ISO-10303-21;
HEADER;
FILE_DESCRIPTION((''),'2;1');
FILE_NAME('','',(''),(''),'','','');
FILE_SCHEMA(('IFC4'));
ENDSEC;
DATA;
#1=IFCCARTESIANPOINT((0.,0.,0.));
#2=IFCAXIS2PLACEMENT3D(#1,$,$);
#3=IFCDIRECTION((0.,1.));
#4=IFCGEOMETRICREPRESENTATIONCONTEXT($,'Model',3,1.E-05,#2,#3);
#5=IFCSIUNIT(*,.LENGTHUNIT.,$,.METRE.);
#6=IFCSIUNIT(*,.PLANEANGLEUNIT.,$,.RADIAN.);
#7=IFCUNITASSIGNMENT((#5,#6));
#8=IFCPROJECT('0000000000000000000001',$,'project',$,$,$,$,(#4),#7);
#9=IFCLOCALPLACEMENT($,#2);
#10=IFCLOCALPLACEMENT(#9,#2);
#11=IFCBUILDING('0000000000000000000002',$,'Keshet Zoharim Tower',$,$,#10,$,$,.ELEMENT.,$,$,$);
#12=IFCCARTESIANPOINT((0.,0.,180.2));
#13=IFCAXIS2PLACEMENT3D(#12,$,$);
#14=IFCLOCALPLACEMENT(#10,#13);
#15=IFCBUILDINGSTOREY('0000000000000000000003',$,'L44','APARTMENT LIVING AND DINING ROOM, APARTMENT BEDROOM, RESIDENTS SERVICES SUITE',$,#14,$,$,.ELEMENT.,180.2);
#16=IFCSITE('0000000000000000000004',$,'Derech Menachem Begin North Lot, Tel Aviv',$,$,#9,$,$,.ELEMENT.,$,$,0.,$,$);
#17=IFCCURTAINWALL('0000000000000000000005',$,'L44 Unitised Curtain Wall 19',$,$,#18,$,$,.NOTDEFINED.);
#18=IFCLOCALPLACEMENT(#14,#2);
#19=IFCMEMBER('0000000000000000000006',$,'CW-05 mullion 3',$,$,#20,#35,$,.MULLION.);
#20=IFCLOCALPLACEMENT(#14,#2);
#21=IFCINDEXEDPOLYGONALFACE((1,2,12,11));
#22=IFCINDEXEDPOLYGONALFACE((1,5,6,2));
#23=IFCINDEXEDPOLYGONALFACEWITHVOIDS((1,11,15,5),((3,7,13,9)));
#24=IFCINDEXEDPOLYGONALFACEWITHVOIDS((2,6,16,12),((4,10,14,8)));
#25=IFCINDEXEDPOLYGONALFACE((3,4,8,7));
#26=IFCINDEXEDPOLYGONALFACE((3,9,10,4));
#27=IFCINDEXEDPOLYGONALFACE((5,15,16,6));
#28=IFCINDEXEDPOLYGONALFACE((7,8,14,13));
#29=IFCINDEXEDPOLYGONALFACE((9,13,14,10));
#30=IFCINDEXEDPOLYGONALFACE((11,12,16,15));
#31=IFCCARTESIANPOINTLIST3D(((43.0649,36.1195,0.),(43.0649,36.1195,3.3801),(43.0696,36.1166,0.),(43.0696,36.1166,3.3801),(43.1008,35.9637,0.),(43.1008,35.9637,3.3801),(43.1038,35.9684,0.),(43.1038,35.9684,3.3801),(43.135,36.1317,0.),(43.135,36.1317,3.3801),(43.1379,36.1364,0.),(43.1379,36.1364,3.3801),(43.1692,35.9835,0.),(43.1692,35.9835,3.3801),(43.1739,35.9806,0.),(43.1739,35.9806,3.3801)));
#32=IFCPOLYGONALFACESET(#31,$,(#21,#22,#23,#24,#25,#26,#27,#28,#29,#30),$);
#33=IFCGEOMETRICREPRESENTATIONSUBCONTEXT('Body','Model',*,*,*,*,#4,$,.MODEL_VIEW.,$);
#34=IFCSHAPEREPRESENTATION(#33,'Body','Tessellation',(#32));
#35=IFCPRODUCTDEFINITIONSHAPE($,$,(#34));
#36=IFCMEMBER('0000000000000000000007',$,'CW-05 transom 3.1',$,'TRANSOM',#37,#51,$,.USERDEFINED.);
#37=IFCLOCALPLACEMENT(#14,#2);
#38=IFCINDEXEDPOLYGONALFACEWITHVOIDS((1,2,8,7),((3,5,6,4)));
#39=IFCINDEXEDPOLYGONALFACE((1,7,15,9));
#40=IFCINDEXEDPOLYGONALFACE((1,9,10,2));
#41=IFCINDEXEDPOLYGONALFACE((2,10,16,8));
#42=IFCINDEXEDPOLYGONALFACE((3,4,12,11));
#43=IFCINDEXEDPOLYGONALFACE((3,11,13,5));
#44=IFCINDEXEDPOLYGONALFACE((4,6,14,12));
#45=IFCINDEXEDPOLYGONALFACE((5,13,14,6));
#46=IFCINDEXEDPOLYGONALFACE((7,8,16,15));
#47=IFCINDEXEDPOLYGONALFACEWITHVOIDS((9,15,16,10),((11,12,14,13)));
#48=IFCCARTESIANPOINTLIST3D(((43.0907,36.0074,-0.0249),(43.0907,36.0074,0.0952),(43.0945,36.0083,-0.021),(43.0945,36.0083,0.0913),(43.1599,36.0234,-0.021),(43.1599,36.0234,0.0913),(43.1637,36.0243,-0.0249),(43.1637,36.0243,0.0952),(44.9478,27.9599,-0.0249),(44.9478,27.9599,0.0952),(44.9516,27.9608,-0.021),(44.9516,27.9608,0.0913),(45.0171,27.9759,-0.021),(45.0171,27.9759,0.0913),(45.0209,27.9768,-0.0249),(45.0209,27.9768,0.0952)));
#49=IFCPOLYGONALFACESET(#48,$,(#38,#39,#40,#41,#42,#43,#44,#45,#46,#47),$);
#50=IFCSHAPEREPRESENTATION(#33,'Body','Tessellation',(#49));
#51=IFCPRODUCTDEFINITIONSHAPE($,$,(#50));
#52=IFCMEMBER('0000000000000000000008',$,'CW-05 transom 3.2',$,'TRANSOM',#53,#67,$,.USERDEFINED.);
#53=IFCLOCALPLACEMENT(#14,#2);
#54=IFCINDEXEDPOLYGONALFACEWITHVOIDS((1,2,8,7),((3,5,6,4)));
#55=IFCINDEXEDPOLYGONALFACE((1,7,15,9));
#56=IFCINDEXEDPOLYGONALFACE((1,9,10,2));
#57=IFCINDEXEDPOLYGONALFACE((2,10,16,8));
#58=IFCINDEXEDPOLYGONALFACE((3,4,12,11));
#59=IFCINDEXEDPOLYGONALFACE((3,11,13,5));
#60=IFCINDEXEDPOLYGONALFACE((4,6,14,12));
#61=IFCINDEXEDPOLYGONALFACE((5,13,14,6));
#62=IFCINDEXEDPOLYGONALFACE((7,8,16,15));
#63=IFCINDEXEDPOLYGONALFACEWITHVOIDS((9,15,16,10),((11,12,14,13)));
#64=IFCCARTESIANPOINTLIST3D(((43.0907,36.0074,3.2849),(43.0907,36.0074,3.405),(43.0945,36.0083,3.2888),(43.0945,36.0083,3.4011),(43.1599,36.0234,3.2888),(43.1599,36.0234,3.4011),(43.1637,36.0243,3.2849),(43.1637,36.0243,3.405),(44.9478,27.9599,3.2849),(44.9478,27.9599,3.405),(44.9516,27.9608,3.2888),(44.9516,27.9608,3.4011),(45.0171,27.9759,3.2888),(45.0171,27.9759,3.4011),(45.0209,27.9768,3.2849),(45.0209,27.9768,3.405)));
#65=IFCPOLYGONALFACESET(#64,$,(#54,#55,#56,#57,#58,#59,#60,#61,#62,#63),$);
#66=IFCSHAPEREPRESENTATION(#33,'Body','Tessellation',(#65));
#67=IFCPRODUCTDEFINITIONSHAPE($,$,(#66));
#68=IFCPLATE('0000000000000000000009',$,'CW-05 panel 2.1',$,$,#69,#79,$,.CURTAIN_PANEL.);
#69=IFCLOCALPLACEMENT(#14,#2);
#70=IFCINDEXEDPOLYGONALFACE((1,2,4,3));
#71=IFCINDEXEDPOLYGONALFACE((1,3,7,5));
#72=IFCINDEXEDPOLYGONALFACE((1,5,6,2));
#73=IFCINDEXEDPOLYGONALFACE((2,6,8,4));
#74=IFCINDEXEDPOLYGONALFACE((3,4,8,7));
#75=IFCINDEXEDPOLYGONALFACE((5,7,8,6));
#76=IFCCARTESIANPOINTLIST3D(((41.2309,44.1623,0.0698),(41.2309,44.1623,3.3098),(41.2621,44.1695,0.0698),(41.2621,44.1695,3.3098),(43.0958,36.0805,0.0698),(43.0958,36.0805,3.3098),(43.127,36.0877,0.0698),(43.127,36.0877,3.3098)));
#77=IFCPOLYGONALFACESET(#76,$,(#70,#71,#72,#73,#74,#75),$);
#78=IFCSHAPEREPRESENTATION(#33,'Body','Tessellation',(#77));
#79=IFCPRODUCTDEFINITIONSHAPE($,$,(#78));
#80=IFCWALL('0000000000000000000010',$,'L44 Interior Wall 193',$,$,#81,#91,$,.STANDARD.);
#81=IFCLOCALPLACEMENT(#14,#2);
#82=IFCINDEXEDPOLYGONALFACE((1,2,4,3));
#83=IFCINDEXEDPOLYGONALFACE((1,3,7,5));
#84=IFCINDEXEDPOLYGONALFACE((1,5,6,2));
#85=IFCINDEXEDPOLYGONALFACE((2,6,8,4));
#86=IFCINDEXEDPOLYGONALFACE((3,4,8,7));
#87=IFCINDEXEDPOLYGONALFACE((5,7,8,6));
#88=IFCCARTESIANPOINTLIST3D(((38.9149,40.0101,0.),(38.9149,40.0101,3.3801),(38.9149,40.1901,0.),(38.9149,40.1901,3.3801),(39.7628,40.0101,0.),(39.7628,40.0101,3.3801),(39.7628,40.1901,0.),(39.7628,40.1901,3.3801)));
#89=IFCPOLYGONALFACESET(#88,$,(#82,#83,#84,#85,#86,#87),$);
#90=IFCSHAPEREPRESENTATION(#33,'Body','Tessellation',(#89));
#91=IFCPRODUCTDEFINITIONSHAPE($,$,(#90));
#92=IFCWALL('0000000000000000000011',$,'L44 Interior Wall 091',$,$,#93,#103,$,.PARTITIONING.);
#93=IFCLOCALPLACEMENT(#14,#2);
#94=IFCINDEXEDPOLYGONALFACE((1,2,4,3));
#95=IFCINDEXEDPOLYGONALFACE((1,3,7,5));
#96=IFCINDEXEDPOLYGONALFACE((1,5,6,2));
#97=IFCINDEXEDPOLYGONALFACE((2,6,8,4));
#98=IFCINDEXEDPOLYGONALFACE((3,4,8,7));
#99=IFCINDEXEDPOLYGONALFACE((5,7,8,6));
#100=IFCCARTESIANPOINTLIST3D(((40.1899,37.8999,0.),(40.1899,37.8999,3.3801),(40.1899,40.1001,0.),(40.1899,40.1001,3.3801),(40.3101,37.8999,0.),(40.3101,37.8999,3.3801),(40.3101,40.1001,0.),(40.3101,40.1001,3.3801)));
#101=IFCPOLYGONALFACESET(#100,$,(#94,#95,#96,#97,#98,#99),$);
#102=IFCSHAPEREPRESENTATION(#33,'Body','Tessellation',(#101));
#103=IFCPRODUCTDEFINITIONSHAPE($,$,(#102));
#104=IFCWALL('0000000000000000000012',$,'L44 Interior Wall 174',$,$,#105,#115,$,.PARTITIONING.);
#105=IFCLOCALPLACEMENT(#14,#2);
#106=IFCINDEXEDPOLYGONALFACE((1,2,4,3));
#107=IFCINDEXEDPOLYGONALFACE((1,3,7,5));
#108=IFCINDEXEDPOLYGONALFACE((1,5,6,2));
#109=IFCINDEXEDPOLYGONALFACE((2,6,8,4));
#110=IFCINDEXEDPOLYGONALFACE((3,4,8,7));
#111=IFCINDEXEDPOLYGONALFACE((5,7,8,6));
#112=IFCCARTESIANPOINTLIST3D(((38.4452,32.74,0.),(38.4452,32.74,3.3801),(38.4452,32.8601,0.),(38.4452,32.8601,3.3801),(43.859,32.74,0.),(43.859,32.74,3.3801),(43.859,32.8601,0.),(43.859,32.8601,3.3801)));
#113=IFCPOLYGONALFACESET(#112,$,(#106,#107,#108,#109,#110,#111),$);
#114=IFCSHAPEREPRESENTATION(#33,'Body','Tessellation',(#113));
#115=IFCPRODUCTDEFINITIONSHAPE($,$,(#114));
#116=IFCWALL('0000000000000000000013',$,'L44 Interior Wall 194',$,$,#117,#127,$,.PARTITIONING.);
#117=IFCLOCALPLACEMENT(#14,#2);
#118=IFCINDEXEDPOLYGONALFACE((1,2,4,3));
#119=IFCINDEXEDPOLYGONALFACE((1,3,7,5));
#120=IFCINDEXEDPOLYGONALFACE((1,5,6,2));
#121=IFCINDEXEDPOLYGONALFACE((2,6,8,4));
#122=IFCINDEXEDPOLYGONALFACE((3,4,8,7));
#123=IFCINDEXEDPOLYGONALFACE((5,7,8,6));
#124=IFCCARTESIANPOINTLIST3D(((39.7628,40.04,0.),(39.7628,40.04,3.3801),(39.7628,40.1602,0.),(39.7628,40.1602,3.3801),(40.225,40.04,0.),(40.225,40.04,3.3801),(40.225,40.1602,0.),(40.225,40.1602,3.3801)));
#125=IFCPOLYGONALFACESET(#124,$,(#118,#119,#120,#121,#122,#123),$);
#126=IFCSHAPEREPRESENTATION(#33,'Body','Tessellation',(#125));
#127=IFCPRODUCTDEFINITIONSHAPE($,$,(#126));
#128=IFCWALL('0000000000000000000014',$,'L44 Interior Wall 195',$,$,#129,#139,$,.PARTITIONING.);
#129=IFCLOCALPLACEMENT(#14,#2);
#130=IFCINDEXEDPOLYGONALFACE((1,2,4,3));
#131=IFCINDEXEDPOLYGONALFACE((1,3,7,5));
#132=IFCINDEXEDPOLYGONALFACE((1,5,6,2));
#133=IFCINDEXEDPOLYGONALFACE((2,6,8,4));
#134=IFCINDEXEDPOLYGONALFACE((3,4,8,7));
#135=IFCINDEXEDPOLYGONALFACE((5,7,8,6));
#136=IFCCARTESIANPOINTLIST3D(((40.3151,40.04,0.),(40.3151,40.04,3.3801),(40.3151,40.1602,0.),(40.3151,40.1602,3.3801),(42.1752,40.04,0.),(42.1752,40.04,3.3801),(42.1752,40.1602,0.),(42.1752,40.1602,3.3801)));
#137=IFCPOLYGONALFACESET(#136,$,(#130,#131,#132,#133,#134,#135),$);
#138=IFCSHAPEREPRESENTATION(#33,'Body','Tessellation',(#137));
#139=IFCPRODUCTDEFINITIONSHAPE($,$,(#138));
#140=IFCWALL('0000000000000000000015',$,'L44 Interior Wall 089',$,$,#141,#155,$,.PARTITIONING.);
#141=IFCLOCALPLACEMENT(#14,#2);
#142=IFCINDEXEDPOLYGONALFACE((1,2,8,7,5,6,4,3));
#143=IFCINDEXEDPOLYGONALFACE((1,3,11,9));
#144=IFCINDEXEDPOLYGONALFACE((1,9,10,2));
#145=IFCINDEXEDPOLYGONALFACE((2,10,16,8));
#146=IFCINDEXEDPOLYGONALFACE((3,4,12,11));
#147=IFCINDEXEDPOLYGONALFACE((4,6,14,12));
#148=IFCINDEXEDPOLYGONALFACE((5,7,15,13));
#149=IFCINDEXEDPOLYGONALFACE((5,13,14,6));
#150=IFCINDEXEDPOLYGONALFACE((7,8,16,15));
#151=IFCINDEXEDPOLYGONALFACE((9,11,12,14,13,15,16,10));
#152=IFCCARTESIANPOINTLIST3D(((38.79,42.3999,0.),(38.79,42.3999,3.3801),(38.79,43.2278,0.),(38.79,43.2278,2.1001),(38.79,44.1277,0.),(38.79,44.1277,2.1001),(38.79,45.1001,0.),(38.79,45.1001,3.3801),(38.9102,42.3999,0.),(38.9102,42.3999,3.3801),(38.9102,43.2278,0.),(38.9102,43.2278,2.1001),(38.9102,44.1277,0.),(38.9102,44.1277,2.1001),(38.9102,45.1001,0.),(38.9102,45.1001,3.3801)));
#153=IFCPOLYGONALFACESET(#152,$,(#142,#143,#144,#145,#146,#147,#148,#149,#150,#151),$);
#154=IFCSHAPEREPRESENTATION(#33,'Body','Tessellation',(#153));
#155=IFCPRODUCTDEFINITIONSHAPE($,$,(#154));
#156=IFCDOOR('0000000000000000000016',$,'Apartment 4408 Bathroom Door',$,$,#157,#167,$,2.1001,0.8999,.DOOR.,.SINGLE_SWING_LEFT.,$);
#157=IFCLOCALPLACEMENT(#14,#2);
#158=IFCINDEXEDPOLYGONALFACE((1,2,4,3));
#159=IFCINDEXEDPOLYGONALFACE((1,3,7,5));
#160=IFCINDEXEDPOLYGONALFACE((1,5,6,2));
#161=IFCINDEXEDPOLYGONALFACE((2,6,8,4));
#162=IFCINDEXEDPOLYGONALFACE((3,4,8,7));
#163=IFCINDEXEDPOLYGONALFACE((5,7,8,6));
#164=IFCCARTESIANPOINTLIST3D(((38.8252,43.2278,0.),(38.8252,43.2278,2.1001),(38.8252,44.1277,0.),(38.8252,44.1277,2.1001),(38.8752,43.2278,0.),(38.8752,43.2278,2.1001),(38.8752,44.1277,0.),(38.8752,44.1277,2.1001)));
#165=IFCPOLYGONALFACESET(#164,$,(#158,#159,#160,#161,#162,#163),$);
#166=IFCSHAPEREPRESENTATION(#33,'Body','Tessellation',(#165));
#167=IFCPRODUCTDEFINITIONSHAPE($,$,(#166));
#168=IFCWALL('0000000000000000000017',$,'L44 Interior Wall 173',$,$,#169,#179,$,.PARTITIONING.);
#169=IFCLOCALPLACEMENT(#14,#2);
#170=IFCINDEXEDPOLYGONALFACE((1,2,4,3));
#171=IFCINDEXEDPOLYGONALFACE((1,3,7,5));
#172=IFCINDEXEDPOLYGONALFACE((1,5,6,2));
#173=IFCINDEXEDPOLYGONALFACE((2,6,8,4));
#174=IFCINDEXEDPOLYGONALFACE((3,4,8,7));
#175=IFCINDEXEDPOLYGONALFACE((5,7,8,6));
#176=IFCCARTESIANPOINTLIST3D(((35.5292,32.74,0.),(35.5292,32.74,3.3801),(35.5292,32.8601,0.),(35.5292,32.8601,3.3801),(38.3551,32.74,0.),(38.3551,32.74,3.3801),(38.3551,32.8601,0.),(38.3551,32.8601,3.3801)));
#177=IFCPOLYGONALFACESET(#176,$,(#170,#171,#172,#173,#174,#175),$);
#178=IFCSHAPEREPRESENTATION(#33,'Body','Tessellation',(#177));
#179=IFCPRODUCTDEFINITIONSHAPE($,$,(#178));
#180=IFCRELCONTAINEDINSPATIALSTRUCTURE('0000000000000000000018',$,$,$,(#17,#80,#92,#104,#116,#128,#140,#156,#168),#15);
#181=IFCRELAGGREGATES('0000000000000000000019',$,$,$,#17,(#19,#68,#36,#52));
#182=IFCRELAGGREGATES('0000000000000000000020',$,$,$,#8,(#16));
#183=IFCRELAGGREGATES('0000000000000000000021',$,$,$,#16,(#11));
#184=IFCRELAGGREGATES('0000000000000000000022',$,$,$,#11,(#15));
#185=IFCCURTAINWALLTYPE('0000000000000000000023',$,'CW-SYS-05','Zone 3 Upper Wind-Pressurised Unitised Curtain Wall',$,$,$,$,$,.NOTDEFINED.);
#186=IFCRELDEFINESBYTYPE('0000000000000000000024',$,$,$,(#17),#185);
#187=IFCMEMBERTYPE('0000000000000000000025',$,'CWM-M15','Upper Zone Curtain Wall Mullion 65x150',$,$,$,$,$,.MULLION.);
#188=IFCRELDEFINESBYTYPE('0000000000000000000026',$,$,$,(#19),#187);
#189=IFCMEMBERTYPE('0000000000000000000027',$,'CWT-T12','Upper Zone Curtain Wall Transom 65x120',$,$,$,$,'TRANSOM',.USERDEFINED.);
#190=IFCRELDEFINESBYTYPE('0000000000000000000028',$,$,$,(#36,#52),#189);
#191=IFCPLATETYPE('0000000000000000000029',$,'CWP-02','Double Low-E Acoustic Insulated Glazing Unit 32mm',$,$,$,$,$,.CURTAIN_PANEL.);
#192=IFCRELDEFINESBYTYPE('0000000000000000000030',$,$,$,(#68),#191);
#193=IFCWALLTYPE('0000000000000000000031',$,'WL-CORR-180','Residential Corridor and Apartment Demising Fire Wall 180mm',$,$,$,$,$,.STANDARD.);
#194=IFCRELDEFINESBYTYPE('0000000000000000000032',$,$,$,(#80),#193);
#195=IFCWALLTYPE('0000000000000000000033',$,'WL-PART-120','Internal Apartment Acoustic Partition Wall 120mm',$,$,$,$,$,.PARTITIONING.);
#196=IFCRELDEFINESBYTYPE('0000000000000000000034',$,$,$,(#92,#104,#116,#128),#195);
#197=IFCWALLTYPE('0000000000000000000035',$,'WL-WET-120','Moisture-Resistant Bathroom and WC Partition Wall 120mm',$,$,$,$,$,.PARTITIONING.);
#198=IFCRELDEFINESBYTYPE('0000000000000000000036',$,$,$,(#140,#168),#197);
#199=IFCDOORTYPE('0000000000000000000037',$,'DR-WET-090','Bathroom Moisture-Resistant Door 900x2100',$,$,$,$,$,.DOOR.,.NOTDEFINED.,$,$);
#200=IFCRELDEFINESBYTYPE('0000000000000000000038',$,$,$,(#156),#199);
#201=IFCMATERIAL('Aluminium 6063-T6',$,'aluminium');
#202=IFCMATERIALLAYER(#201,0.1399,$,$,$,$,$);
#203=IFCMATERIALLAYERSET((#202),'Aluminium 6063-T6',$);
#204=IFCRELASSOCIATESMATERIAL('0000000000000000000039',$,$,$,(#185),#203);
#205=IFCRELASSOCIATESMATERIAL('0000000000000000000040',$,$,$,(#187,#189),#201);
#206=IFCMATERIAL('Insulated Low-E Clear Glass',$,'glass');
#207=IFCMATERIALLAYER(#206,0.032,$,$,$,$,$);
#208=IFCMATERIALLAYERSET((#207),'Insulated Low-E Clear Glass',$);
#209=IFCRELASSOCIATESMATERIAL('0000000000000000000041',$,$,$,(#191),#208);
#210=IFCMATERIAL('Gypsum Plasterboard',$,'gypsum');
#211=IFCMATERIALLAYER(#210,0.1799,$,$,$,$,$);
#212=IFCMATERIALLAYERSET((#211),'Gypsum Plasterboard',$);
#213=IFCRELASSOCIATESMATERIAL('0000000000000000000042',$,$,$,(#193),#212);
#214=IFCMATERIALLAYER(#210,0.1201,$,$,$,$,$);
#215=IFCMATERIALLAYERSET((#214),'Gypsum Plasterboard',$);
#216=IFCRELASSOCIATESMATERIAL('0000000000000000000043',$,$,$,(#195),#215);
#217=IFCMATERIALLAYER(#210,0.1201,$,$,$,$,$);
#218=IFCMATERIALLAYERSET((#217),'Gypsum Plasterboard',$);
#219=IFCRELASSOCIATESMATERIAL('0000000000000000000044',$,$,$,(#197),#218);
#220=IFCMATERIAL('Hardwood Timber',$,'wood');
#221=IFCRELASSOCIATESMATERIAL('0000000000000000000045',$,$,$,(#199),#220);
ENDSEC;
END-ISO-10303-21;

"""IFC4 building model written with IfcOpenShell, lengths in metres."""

from ifc_helpers import new_model, si_unit, direction, frame, frame_2d, origin, origin_2d, place, context, subcontext, project, spatial, rectangle, hollow_rectangle, extrude, material, layer, layer_set, material_profile, profile_set, type_object, element, fill, aggregate, save


model = new_model("IFC4")

# Units and contexts
model_context = context("Model", 3, precision=1e-05, world=origin(), true_north=direction((0.0, 1.0)))
body_context = subcontext(model_context, "Body", "Model", "MODEL_VIEW")
ifc_project = project(units=[si_unit("LENGTHUNIT", "METRE"), si_unit("PLANEANGLEUNIT", "RADIAN")], contexts=[model_context])

# Site, building, storey
site_placement = place(None, origin())
site = spatial("IfcSite", under=ifc_project, at=site_placement, Name="Derech Menachem Begin North Lot, Tel Aviv", CompositionType="ELEMENT", RefElevation=0.0)
building_placement = place(site_placement, origin())
building = spatial("IfcBuilding", under=site, at=building_placement, Name="Keshet Zoharim Tower", CompositionType="ELEMENT")
storey_placement = place(building_placement, frame((0.0, 0.0, 180.2)))
storey = spatial("IfcBuildingStorey", under=building, at=storey_placement, Name="L44", Description="APARTMENT LIVING AND DINING ROOM, APARTMENT BEDROOM, RESIDENTS SERVICES SUITE", CompositionType="ELEMENT", Elevation=180.2)

# Curtain wall, members, plate
ifc_material_1 = material(Name="Aluminium 6063-T6", Category="aluminium")
ifc_layer_1 = layer(ifc_material_1, 0.1399)
ifc_layer_set_1 = layer_set([ifc_layer_1], Name="Aluminium 6063-T6")
curtain_wall_type = type_object("IfcCurtainWallType", Name="CW-SYS-05", Description="Zone 3 Upper Wind-Pressurised Unitised Curtain Wall", PredefinedType="NOTDEFINED", material=ifc_layer_set_1)
curtain_wall_placement = place(storey_placement, origin())
curtain_wall = element("IfcCurtainWall", 1, at=curtain_wall_placement, inside=storey, type_object=curtain_wall_type, Name="L44 Unitised Curtain Wall 19", PredefinedType="NOTDEFINED")
ifc_material_profile_1 = material_profile(ifc_material_1, hollow_rectangle(XDim=0.075, YDim=0.1599, WallThickness=0.0039, at=origin_2d()), Name="MUL-75x160")
ifc_profile_set_1 = profile_set([ifc_material_profile_1], Name="Aluminium 6063-T6")
member_type_1 = type_object("IfcMemberType", Name="CWM-M15", Description="Upper Zone Curtain Wall Mullion 65x150", PredefinedType="MULLION", material=ifc_profile_set_1)
member_1_placement = place(storey_placement, frame((43.1194, 36.05, 0.0), z_axis=(0.0, 0.0, 1.0), x_axis=(0.974394, 0.224848, 0.0)))
member_1 = element("IfcMember", 2, at=member_1_placement, type_object=member_type_1, Name="CW-05 mullion 3", PredefinedType="MULLION", context=body_context, shape_type="SweptSolid", body=[
    extrude(hollow_rectangle(XDim=0.075, YDim=0.1599, WallThickness=0.0039, at=origin_2d()), origin(), (0.0, 0.0, 1.0), 3.3801),
])
ifc_material_profile_2 = material_profile(ifc_material_1, hollow_rectangle(XDim=0.075, YDim=0.1201, WallThickness=0.0039, at=origin_2d()), Name="TRN-75x120")
ifc_profile_set_2 = profile_set([ifc_material_profile_2], Name="Aluminium 6063-T6")
member_type_2 = type_object("IfcMemberType", Name="CWT-T12", Description="Upper Zone Curtain Wall Transom 65x120", ElementType="TRANSOM", PredefinedType="USERDEFINED", material=ifc_profile_set_2)
member_2_placement = place(storey_placement, frame((43.1272, 36.0159, 0.0352), z_axis=(0.224864, -0.97439, 0.0), x_axis=(0.97439, 0.224864, 0.0)))
member_2 = element("IfcMember", 3, at=member_2_placement, type_object=member_type_2, Name="CW-05 transom 3.1", ObjectType="TRANSOM", PredefinedType="USERDEFINED", context=body_context, shape_type="SweptSolid", body=[
    extrude(hollow_rectangle(XDim=0.075, YDim=0.1201, WallThickness=0.0039, at=origin_2d()), origin(), (0.0, 0.0, 1.0), 8.259),
])
member_3_placement = place(storey_placement, frame((43.1272, 36.0159, 3.345), z_axis=(0.224864, -0.97439, 0.0), x_axis=(0.97439, 0.224864, 0.0)))
member_3 = element("IfcMember", 4, at=member_3_placement, type_object=member_type_2, Name="CW-05 transom 3.2", ObjectType="TRANSOM", PredefinedType="USERDEFINED", context=body_context, shape_type="SweptSolid", body=[
    extrude(hollow_rectangle(XDim=0.075, YDim=0.1201, WallThickness=0.0039, at=origin_2d()), origin(), (0.0, 0.0, 1.0), 8.259),
])
ifc_material_2 = material(Name="Insulated Low-E Clear Glass", Category="glass")
ifc_layer_2 = layer(ifc_material_2, 0.032)
ifc_layer_set_2 = layer_set([ifc_layer_2], Name="Insulated Low-E Clear Glass")
plate_type = type_object("IfcPlateType", Name="CWP-02", Description="Double Low-E Acoustic Insulated Glazing Unit 32mm", PredefinedType="CURTAIN_PANEL", material=ifc_layer_set_2)
plate_placement = place(storey_placement, frame((42.179, 40.125, 0.0698), z_axis=(0.0, 0.0, 1.0), x_axis=(0.224848, -0.974394, 0.0)))
plate = element("IfcPlate", 5, at=plate_placement, type_object=plate_type, Name="CW-05 panel 2.1", PredefinedType="CURTAIN_PANEL", context=body_context, shape_type="SweptSolid", body=[
    extrude(rectangle(XDim=8.2942, YDim=0.032, at=origin_2d()), origin(), (0.0, 0.0, 1.0), 3.24),
])
aggregate(curtain_wall, [member_1, plate, member_2, member_3])

# Shared definitions
ifc_material_3 = material(Name="Gypsum Plasterboard", Category="gypsum")
ifc_layer_3 = layer(ifc_material_3, 0.1799)
ifc_layer_set_3 = layer_set([ifc_layer_3], Name="Gypsum Plasterboard")
wall_type_1 = type_object("IfcWallType", Name="WL-CORR-180", Description="Residential Corridor and Apartment Demising Fire Wall 180mm", PredefinedType="STANDARD", material=ifc_layer_set_3)
ifc_material_4 = material(Name="Hardwood Timber", Category="wood")

# Wall
wall_1_placement = place(storey_placement, frame((38.915, 40.1001, 0.0), z_axis=(0.0, 0.0, 1.0), x_axis=(1.0, 0.0, 0.0)))
element("IfcWall", 6, at=wall_1_placement, inside=storey, type_object=wall_type_1, Name="L44 Interior Wall 193", PredefinedType="STANDARD", context=body_context, shape_type="SweptSolid", body=[
    extrude(rectangle(XDim=0.8479, YDim=0.1799, at=frame_2d((0.4238, 0.0))), origin(), (0.0, 0.0, 1.0), 3.3801),
])

# Shared definitions
ifc_layer_4 = layer(ifc_material_3, 0.1201)
ifc_layer_set_4 = layer_set([ifc_layer_4], Name="Gypsum Plasterboard")
wall_type_2 = type_object("IfcWallType", Name="WL-PART-120", Description="Internal Apartment Acoustic Partition Wall 120mm", PredefinedType="PARTITIONING", material=ifc_layer_set_4)

# Walls
wall_2_placement = place(storey_placement, frame((40.25, 37.8999, 0.0), z_axis=(0.0, 0.0, 1.0), x_axis=(0.0, 1.0, 0.0)))
element("IfcWall", 7, at=wall_2_placement, inside=storey, type_object=wall_type_2, Name="L44 Interior Wall 091", PredefinedType="PARTITIONING", context=body_context, shape_type="SweptSolid", body=[
    extrude(rectangle(XDim=2.2002, YDim=0.1201, at=frame_2d((1.1001, 0.0))), origin(), (0.0, 0.0, 1.0), 3.3801),
])
wall_3_placement = place(storey_placement, frame((38.4451, 32.8, 0.0), z_axis=(0.0, 0.0, 1.0), x_axis=(1.0, 0.0, 0.0)))
element("IfcWall", 8, at=wall_3_placement, inside=storey, type_object=wall_type_2, Name="L44 Interior Wall 174", PredefinedType="PARTITIONING", context=body_context, shape_type="SweptSolid", body=[
    extrude(rectangle(XDim=5.4138, YDim=0.1201, at=frame_2d((2.707, 0.0))), origin(), (0.0, 0.0, 1.0), 3.3801),
])
wall_4_placement = place(storey_placement, frame((39.7629, 40.1001, 0.0), z_axis=(0.0, 0.0, 1.0), x_axis=(1.0, 0.0, 0.0)))
element("IfcWall", 9, at=wall_4_placement, inside=storey, type_object=wall_type_2, Name="L44 Interior Wall 194", PredefinedType="PARTITIONING", context=body_context, shape_type="SweptSolid", body=[
    extrude(rectangle(XDim=0.4622, YDim=0.1201, at=frame_2d((0.231, 0.0))), origin(), (0.0, 0.0, 1.0), 3.3801),
])
wall_5_placement = place(storey_placement, frame((40.3149, 40.1001, 0.0), z_axis=(0.0, 0.0, 1.0), x_axis=(1.0, 0.0, 0.0)))
element("IfcWall", 10, at=wall_5_placement, inside=storey, type_object=wall_type_2, Name="L44 Interior Wall 195", PredefinedType="PARTITIONING", context=body_context, shape_type="SweptSolid", body=[
    extrude(rectangle(XDim=1.8601, YDim=0.1201, at=frame_2d((0.9302, 0.0))), origin(), (0.0, 0.0, 1.0), 3.3801),
])

# Wall, opening, door
ifc_layer_5 = layer(ifc_material_3, 0.1201)
ifc_layer_set_5 = layer_set([ifc_layer_5], Name="Gypsum Plasterboard")
wall_type_3 = type_object("IfcWallType", Name="WL-WET-120", Description="Moisture-Resistant Bathroom and WC Partition Wall 120mm", PredefinedType="PARTITIONING", material=ifc_layer_set_5)
wall_6_placement = place(storey_placement, frame((38.8501, 42.3999, 0.0), z_axis=(0.0, 0.0, 1.0), x_axis=(0.0, 1.0, 0.0)))
wall_6 = element("IfcWall", 11, at=wall_6_placement, inside=storey, type_object=wall_type_3, Name="L44 Interior Wall 089", PredefinedType="PARTITIONING", context=body_context, shape_type="SweptSolid", body=[
    extrude(rectangle(XDim=2.7002, YDim=0.1201, at=frame_2d((1.3501, 0.0))), origin(), (0.0, 0.0, 1.0), 3.3801),
])
opening_1_placement = place(wall_6_placement, frame((0.8279, 0.0, 0.0)))
opening_1 = element("IfcOpeningElement", 12, at=opening_1_placement, cuts=wall_6, PredefinedType="OPENING", context=body_context, shape_type="SweptSolid", body=[
    extrude(rectangle(XDim=0.8999, YDim=2.1001, at=frame_2d((0.45, 1.05))), frame((0.0, 0.0701, 0.0), z_axis=(0.0, -1.0, 0.0), x_axis=(1.0, 0.0, 0.0)), (0.0, 0.0, 1.0), 0.1401),
])
door_type_1 = type_object("IfcDoorType", Name="DR-WET-090", Description="Bathroom Moisture-Resistant Door 900x2100", OperationType="NOTDEFINED", PredefinedType="DOOR", material=ifc_material_4)
door_1_placement = place(opening_1_placement, origin())
door_1 = element("IfcDoor", 13, at=door_1_placement, inside=storey, type_object=door_type_1, Name="Apartment 4408 Bathroom Door", OperationType="SINGLE_SWING_LEFT", OverallHeight=2.1001, OverallWidth=0.8999, PredefinedType="DOOR", context=body_context, shape_type="SweptSolid", body=[
    extrude(rectangle(XDim=0.8999, YDim=2.1001, at=frame_2d((0.45, 1.05))), frame((0.0, 0.0249, 0.0), z_axis=(0.0, -1.0, 0.0), x_axis=(1.0, 0.0, 0.0)), (0.0, 0.0, 1.0), 0.05),
])
fill(opening_1, door_1)

# Wall
wall_7_placement = place(storey_placement, frame((35.5291, 32.8, 0.0), z_axis=(0.0, 0.0, 1.0), x_axis=(1.0, 0.0, 0.0)))
element("IfcWall", 14, at=wall_7_placement, inside=storey, type_object=wall_type_3, Name="L44 Interior Wall 173", PredefinedType="PARTITIONING", context=body_context, shape_type="SweptSolid", body=[
    extrude(rectangle(XDim=2.8259, YDim=0.1201, at=frame_2d((1.4131, 0.0))), origin(), (0.0, 0.0, 1.0), 3.3801),
])

save(model, "model.ifc")
